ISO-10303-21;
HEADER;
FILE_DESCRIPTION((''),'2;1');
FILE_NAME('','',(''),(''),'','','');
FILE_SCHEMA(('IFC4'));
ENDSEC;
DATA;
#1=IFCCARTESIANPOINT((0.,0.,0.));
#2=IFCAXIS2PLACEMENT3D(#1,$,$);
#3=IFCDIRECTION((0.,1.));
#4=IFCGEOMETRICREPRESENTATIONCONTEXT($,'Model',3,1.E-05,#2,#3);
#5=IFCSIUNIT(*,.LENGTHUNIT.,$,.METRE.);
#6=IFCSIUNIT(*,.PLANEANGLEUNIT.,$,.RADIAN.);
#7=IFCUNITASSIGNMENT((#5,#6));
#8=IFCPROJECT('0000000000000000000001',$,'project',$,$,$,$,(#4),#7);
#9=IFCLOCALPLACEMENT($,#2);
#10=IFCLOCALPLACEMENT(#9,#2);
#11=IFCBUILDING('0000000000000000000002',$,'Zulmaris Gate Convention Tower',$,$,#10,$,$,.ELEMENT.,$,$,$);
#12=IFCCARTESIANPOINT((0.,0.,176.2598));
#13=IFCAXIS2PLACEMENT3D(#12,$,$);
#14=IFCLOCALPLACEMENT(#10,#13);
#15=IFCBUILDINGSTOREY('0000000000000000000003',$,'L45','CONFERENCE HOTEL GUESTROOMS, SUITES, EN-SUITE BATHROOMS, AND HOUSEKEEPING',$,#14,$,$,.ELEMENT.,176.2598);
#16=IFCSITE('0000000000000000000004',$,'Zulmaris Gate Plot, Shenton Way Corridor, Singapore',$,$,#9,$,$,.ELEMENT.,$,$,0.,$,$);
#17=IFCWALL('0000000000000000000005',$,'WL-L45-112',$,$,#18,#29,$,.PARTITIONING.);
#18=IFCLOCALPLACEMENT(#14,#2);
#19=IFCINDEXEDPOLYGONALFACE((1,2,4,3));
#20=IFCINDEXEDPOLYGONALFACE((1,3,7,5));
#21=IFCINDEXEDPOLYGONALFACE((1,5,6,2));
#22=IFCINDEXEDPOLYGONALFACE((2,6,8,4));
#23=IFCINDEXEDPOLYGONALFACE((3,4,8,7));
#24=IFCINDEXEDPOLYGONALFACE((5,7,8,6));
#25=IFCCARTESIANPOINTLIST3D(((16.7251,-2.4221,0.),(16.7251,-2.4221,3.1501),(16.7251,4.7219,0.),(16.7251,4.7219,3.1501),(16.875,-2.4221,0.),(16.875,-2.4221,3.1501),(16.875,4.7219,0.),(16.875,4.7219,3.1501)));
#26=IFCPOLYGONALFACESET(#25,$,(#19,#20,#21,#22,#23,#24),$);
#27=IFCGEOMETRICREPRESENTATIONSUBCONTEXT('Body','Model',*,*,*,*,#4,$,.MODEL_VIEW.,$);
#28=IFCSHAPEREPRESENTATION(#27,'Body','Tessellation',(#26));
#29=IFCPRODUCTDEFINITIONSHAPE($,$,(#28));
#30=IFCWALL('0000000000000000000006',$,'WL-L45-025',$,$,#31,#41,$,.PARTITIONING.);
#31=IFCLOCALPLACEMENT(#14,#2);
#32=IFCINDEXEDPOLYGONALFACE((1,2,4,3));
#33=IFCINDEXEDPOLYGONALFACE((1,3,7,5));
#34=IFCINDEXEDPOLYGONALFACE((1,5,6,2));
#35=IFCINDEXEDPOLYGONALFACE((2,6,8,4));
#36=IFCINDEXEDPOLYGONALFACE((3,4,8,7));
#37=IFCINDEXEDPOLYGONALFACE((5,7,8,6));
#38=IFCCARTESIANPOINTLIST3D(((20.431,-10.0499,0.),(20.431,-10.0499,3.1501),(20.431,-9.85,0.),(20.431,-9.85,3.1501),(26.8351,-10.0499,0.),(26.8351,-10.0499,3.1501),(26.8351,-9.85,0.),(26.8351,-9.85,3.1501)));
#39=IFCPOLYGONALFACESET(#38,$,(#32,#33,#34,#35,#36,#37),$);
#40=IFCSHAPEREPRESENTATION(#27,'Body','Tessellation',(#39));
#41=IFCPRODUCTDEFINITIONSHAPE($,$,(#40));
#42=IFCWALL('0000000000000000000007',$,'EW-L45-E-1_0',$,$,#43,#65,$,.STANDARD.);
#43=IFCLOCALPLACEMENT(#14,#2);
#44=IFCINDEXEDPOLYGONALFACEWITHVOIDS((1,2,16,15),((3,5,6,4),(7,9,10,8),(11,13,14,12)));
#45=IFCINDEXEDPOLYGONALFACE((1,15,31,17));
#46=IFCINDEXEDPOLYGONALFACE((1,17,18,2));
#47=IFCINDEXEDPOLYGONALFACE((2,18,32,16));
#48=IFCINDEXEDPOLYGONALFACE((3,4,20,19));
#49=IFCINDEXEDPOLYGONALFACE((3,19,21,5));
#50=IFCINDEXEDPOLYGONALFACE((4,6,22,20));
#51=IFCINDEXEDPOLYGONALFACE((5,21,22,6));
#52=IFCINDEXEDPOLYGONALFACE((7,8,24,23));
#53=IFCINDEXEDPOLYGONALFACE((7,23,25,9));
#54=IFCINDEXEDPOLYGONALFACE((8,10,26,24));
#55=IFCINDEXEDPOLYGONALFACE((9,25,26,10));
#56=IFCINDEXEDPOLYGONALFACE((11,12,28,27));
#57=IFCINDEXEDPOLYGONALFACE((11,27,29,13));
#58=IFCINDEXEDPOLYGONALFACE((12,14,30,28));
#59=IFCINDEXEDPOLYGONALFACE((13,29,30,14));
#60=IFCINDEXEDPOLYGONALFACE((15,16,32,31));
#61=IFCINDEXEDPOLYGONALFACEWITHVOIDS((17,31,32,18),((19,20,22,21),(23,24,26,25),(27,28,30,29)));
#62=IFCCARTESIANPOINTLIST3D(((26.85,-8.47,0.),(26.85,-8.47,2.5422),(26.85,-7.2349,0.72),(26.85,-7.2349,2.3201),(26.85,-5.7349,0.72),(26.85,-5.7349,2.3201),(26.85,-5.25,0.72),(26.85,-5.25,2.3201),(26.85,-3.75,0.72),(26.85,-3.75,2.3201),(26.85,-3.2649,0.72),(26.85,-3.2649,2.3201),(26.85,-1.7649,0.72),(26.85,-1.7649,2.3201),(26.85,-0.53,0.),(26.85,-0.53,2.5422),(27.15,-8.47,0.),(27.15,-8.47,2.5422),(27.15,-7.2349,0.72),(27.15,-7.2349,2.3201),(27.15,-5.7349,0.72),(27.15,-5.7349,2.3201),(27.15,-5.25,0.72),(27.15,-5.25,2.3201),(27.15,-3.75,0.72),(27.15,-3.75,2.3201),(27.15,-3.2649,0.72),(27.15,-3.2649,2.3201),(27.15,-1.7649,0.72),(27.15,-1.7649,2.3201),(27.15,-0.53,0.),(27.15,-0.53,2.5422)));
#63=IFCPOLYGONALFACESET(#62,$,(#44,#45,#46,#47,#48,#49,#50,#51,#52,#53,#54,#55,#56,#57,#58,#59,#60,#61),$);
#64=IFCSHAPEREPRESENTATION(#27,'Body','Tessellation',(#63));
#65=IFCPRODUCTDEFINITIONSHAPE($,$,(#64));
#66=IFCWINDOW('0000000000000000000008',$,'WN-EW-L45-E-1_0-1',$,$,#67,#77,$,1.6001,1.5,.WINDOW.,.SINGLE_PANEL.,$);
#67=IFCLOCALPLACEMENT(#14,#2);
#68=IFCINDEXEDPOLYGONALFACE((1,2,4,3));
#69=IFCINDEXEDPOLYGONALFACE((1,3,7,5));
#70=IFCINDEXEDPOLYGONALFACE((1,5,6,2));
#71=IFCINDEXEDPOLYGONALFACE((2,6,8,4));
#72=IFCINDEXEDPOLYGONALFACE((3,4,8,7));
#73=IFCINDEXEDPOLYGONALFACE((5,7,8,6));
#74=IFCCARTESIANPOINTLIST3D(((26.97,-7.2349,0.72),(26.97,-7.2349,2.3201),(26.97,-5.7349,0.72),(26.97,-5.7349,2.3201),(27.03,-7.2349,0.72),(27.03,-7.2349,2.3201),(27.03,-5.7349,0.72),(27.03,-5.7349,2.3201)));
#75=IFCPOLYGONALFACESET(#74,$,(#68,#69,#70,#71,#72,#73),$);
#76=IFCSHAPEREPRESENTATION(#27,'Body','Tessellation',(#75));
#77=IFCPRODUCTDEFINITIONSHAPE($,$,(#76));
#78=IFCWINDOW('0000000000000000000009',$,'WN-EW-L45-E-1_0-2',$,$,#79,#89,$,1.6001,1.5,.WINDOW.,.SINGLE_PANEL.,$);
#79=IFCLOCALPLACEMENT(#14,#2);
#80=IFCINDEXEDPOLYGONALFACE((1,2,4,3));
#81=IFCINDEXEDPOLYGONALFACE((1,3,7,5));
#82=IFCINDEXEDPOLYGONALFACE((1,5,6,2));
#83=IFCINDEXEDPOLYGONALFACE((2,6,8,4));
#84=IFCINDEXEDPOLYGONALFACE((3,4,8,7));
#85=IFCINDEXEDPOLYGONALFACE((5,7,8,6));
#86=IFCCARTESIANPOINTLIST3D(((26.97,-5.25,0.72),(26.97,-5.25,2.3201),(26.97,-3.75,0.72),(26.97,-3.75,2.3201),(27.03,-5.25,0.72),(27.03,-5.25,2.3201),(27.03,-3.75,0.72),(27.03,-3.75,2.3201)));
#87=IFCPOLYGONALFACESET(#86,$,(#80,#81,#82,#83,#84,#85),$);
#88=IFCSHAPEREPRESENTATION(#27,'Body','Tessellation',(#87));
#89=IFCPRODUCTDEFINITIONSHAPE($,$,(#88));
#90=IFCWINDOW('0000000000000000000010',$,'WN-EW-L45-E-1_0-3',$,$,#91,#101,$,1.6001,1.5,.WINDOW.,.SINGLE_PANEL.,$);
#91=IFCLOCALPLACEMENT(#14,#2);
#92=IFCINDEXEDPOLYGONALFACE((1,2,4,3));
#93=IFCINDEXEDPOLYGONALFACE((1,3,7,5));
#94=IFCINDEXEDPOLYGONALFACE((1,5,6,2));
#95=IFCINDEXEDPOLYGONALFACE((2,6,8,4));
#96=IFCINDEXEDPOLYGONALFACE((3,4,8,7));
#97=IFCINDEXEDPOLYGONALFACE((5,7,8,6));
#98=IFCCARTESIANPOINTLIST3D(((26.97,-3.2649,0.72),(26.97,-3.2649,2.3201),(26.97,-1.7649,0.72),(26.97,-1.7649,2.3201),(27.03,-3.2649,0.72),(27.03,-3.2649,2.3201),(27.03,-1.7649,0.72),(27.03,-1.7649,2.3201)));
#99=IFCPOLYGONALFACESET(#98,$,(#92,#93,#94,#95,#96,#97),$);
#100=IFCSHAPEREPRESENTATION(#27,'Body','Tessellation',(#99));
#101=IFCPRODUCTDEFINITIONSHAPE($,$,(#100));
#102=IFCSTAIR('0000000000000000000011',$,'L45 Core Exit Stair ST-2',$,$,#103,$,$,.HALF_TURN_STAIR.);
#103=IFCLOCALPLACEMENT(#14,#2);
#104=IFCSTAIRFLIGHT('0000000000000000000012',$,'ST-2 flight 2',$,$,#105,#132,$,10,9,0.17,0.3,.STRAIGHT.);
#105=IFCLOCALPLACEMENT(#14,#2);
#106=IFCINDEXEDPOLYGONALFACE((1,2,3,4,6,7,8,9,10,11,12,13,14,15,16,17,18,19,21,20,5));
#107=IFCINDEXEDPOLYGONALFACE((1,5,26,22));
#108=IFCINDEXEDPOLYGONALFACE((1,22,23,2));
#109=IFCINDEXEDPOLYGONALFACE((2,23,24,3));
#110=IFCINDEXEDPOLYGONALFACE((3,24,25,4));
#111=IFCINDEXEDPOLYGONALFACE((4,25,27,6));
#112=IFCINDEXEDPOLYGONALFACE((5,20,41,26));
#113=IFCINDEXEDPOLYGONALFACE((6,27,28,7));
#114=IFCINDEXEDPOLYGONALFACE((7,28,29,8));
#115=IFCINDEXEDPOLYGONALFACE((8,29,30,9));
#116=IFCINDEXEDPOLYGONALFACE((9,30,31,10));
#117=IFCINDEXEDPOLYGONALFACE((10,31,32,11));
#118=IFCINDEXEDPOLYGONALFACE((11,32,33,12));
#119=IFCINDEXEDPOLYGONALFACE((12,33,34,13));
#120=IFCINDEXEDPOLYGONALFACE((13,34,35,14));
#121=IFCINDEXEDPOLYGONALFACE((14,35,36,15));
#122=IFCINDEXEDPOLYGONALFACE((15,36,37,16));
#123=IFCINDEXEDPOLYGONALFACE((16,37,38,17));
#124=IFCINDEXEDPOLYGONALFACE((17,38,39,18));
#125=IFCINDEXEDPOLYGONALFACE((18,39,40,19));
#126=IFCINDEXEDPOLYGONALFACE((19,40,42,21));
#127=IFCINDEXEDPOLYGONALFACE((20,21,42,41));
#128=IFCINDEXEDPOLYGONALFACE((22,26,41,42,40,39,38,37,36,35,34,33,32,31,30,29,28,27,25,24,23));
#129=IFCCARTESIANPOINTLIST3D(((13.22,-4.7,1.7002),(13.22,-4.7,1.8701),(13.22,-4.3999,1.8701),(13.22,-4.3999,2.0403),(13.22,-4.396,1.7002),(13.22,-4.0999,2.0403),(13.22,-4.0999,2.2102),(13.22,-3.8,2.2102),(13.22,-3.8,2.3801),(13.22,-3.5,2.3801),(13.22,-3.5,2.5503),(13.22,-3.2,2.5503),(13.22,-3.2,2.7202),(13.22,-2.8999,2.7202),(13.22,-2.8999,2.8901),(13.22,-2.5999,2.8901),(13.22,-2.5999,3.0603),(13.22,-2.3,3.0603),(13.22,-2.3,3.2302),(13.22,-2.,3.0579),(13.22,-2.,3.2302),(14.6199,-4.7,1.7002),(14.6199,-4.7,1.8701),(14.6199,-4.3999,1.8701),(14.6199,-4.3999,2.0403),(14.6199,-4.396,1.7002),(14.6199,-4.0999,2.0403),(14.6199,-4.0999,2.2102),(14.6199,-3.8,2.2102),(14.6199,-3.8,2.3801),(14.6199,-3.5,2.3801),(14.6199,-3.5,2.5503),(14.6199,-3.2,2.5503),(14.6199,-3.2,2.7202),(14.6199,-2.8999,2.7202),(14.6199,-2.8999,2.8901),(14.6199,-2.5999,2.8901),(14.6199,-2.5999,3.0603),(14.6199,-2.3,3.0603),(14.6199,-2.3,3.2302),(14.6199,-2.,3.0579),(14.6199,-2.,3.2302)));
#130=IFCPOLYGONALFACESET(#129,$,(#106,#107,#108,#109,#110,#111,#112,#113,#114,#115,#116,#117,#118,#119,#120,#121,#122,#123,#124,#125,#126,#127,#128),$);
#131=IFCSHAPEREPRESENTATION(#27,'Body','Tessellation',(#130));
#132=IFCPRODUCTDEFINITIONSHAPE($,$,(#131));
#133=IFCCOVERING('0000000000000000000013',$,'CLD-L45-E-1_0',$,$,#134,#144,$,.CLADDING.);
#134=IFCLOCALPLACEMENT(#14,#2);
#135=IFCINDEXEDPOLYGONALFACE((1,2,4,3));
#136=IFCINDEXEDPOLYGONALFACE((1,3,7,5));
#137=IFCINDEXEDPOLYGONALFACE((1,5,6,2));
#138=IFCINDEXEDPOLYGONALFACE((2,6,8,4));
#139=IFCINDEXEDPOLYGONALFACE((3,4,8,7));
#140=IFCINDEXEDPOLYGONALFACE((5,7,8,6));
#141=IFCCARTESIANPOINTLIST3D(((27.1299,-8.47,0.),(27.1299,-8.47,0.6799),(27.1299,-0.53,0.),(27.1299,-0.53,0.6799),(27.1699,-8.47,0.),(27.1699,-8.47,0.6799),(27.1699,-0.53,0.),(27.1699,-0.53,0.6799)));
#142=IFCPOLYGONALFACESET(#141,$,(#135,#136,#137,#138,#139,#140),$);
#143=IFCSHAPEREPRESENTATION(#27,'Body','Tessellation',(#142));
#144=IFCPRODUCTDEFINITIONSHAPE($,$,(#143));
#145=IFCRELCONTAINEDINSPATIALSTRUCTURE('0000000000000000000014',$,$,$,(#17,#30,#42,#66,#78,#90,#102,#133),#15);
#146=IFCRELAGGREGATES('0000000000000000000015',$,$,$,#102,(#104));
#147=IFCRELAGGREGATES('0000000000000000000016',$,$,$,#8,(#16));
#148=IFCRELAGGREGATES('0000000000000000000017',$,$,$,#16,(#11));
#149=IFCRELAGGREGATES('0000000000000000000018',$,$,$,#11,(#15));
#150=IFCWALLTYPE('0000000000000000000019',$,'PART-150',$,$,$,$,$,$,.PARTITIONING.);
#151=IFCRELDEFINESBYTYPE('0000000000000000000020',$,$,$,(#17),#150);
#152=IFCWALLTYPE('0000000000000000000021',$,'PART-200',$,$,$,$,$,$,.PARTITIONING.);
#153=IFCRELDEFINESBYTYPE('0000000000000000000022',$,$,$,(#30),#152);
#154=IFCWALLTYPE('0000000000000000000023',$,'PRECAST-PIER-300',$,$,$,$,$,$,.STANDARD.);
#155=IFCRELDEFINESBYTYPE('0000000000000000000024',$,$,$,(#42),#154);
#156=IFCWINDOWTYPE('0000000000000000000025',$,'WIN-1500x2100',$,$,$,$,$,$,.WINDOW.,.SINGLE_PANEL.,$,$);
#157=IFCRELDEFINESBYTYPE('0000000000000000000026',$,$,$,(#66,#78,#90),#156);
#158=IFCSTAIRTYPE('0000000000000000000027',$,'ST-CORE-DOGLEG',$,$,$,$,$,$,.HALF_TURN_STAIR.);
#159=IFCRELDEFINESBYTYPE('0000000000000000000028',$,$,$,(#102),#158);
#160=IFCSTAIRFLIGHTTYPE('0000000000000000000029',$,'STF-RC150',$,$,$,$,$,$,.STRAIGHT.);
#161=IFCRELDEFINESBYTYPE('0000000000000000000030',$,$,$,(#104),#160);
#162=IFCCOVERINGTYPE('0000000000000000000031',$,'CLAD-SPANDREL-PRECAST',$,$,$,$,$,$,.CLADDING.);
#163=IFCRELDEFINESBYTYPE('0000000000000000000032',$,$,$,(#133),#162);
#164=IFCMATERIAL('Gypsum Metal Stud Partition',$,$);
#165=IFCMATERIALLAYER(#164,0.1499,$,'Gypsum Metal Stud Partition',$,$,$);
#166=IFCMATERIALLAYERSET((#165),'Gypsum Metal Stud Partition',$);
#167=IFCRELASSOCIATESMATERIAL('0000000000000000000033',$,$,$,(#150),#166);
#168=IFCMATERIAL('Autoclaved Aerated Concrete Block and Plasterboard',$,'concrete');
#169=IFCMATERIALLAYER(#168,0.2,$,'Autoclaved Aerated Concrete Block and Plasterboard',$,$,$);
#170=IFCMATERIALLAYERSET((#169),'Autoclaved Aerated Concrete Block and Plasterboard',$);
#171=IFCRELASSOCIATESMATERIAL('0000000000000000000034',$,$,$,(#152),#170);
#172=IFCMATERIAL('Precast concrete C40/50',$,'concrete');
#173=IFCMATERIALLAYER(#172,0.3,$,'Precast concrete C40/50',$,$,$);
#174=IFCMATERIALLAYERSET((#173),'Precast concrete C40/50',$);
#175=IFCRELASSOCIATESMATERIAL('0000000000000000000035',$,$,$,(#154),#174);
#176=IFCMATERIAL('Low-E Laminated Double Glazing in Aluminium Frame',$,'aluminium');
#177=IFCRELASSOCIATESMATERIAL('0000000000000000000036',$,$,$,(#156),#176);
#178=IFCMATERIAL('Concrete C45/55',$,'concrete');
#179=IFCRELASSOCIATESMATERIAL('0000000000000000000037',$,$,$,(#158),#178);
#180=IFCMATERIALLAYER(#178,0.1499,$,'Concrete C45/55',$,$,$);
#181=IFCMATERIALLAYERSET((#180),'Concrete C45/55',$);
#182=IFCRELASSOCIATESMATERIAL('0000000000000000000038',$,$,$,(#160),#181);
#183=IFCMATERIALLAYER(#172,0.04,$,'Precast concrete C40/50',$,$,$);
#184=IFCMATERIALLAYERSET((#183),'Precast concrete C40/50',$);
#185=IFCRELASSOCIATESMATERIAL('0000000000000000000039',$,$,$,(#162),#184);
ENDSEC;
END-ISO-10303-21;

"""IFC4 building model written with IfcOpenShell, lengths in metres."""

from ifc_helpers import new_model, si_unit, direction, frame, frame_2d, origin, place, context, subcontext, project, spatial, polyline, rectangle, outline, extrude, material, layer, layer_set, type_object, element, fill, aggregate, save


model = new_model("IFC4")

# Units and contexts
model_context = context("Model", 3, precision=1e-05, world=origin(), true_north=direction((0.0, 1.0)))
body_context = subcontext(model_context, "Body", "Model", "MODEL_VIEW")
ifc_project = project(units=[si_unit("LENGTHUNIT", "METRE"), si_unit("PLANEANGLEUNIT", "RADIAN")], contexts=[model_context])

# Site, building, storey
site_placement = place(None, origin())
site = spatial("IfcSite", under=ifc_project, at=site_placement, Name="Zulmaris Gate Plot, Shenton Way Corridor, Singapore", CompositionType="ELEMENT", RefElevation=0.0)
building_placement = place(site_placement, origin())
building = spatial("IfcBuilding", under=site, at=building_placement, Name="Zulmaris Gate Convention Tower", CompositionType="ELEMENT")
storey_placement = place(building_placement, frame((0.0, 0.0, 176.2598)))
storey = spatial("IfcBuildingStorey", under=building, at=storey_placement, Name="L45", Description="CONFERENCE HOTEL GUESTROOMS, SUITES, EN-SUITE BATHROOMS, AND HOUSEKEEPING", CompositionType="ELEMENT", Elevation=176.2598)

# Shared definitions
ifc_material_1 = material(Name="Gypsum Metal Stud Partition")
ifc_layer_1 = layer(ifc_material_1, 0.1499, Name="Gypsum Metal Stud Partition")
ifc_layer_set_1 = layer_set([ifc_layer_1], Name="Gypsum Metal Stud Partition")
wall_type_1 = type_object("IfcWallType", Name="PART-150", PredefinedType="PARTITIONING", material=ifc_layer_set_1)

# Walls
wall_1_placement = place(storey_placement, frame((16.8, -2.4221, 0.0), z_axis=(0.0, 0.0, 1.0), x_axis=(0.0, 1.0, 0.0)))
element("IfcWall", 1, at=wall_1_placement, inside=storey, type_object=wall_type_1, Name="WL-L45-112", PredefinedType="PARTITIONING", context=body_context, shape_type="SweptSolid", body=[
    extrude(rectangle(XDim=7.144, YDim=0.1499, at=frame_2d((3.572, 0.0))), origin(), (0.0, 0.0, 1.0), 3.1501),
])
ifc_material_2 = material(Name="Autoclaved Aerated Concrete Block and Plasterboard", Category="concrete")
ifc_layer_2 = layer(ifc_material_2, 0.2, Name="Autoclaved Aerated Concrete Block and Plasterboard")
ifc_layer_set_2 = layer_set([ifc_layer_2], Name="Autoclaved Aerated Concrete Block and Plasterboard")
wall_type_2 = type_object("IfcWallType", Name="PART-200", PredefinedType="PARTITIONING", material=ifc_layer_set_2)
wall_2_placement = place(storey_placement, frame((20.4309, -9.95, 0.0), z_axis=(0.0, 0.0, 1.0), x_axis=(1.0, 0.0, 0.0)))
element("IfcWall", 2, at=wall_2_placement, inside=storey, type_object=wall_type_2, Name="WL-L45-025", PredefinedType="PARTITIONING", context=body_context, shape_type="SweptSolid", body=[
    extrude(rectangle(XDim=6.4041, YDim=0.2, at=frame_2d((3.2021, 0.0))), origin(), (0.0, 0.0, 1.0), 3.1501),
])

# Wall, openings, windows
ifc_material_3 = material(Name="Precast concrete C40/50", Category="concrete")
ifc_layer_3 = layer(ifc_material_3, 0.3, Name="Precast concrete C40/50")
ifc_layer_set_3 = layer_set([ifc_layer_3], Name="Precast concrete C40/50")
wall_type_3 = type_object("IfcWallType", Name="PRECAST-PIER-300", PredefinedType="STANDARD", material=ifc_layer_set_3)
wall_3_placement = place(storey_placement, frame((27.0, -8.47, 0.0), z_axis=(0.0, 0.0, 1.0), x_axis=(0.0, 1.0, 0.0)))
wall_3 = element("IfcWall", 3, at=wall_3_placement, inside=storey, type_object=wall_type_3, Name="EW-L45-E-1_0", PredefinedType="STANDARD", context=body_context, shape_type="SweptSolid", body=[
    extrude(rectangle(XDim=7.9399, YDim=0.3, at=frame_2d((3.97, 0.0))), origin(), (0.0, 0.0, 1.0), 2.5422),
])
opening_1_placement = place(wall_3_placement, frame((1.2351, 0.0, 0.72)))
opening_1 = element("IfcOpeningElement", 4, at=opening_1_placement, cuts=wall_3, PredefinedType="OPENING", context=body_context, shape_type="SweptSolid", body=[
    extrude(rectangle(XDim=1.5, YDim=1.6001, at=frame_2d((0.75, 0.8))), frame((0.0, 0.1602, 0.0), z_axis=(0.0, -1.0, 0.0), x_axis=(1.0, 0.0, 0.0)), (0.0, 0.0, 1.0), 0.3201),
])
opening_2_placement = place(wall_3_placement, frame((3.22, 0.0, 0.72)))
opening_2 = element("IfcOpeningElement", 5, at=opening_2_placement, cuts=wall_3, PredefinedType="OPENING", context=body_context, shape_type="SweptSolid", body=[
    extrude(rectangle(XDim=1.5, YDim=1.6001, at=frame_2d((0.75, 0.8))), frame((0.0, 0.1602, 0.0), z_axis=(0.0, -1.0, 0.0), x_axis=(1.0, 0.0, 0.0)), (0.0, 0.0, 1.0), 0.3201),
])
opening_3_placement = place(wall_3_placement, frame((5.2051, 0.0, 0.72)))
opening_3 = element("IfcOpeningElement", 6, at=opening_3_placement, cuts=wall_3, PredefinedType="OPENING", context=body_context, shape_type="SweptSolid", body=[
    extrude(rectangle(XDim=1.5, YDim=1.6001, at=frame_2d((0.75, 0.8))), frame((0.0, 0.1602, 0.0), z_axis=(0.0, -1.0, 0.0), x_axis=(1.0, 0.0, 0.0)), (0.0, 0.0, 1.0), 0.3201),
])
ifc_material_4 = material(Name="Low-E Laminated Double Glazing in Aluminium Frame", Category="aluminium")
window_type = type_object("IfcWindowType", Name="WIN-1500x2100", PartitioningType="SINGLE_PANEL", PredefinedType="WINDOW", material=ifc_material_4)
window_1_placement = place(opening_1_placement, origin())
window_1 = element("IfcWindow", 7, at=window_1_placement, inside=storey, type_object=window_type, Name="WN-EW-L45-E-1_0-1", OverallHeight=1.6001, OverallWidth=1.5, PartitioningType="SINGLE_PANEL", PredefinedType="WINDOW", context=body_context, shape_type="SweptSolid", body=[
    extrude(rectangle(XDim=1.5, YDim=1.6001, at=frame_2d((0.75, 0.8))), frame((0.0, 0.03, 0.0), z_axis=(0.0, -1.0, 0.0), x_axis=(1.0, 0.0, 0.0)), (0.0, 0.0, 1.0), 0.0601),
])
fill(opening_1, window_1)
window_2_placement = place(opening_2_placement, origin())
window_2 = element("IfcWindow", 8, at=window_2_placement, inside=storey, type_object=window_type, Name="WN-EW-L45-E-1_0-2", OverallHeight=1.6001, OverallWidth=1.5, PartitioningType="SINGLE_PANEL", PredefinedType="WINDOW", context=body_context, shape_type="SweptSolid", body=[
    extrude(rectangle(XDim=1.5, YDim=1.6001, at=frame_2d((0.75, 0.8))), frame((0.0, 0.03, 0.0), z_axis=(0.0, -1.0, 0.0), x_axis=(1.0, 0.0, 0.0)), (0.0, 0.0, 1.0), 0.0601),
])
fill(opening_2, window_2)
window_3_placement = place(opening_3_placement, origin())
window_3 = element("IfcWindow", 9, at=window_3_placement, inside=storey, type_object=window_type, Name="WN-EW-L45-E-1_0-3", OverallHeight=1.6001, OverallWidth=1.5, PartitioningType="SINGLE_PANEL", PredefinedType="WINDOW", context=body_context, shape_type="SweptSolid", body=[
    extrude(rectangle(XDim=1.5, YDim=1.6001, at=frame_2d((0.75, 0.8))), frame((0.0, 0.03, 0.0), z_axis=(0.0, -1.0, 0.0), x_axis=(1.0, 0.0, 0.0)), (0.0, 0.0, 1.0), 0.0601),
])
fill(opening_3, window_3)

# Stair, stair flight
ifc_material_5 = material(Name="Concrete C45/55", Category="concrete")
stair_type = type_object("IfcStairType", Name="ST-CORE-DOGLEG", PredefinedType="HALF_TURN_STAIR", material=ifc_material_5)
stair_placement = place(storey_placement, origin())
stair = element("IfcStair", 10, at=stair_placement, inside=storey, type_object=stair_type, Name="L45 Core Exit Stair ST-2", PredefinedType="HALF_TURN_STAIR")
ifc_layer_4 = layer(ifc_material_5, 0.1499, Name="Concrete C45/55")
ifc_layer_set_4 = layer_set([ifc_layer_4], Name="Concrete C45/55")
stair_flight_type = type_object("IfcStairFlightType", Name="STF-RC150", PredefinedType="STRAIGHT", material=ifc_layer_set_4)
stair_flight_placement = place(storey_placement, frame((13.9199, -4.7, 1.7002), z_axis=(0.0, 0.0, 1.0), x_axis=(0.0, 1.0, 0.0)))
stair_flight = element("IfcStairFlight", 11, at=stair_flight_placement, type_object=stair_flight_type, Name="ST-2 flight 2", NumberOfRisers=10, NumberOfTreads=9, PredefinedType="STRAIGHT", RiserHeight=0.17, TreadLength=0.3, context=body_context, shape_type="SweptSolid", body=[
    extrude(outline(polyline([(0.0, 0.0), (0.0, 0.1699), (0.3, 0.1699), (0.3, 0.3401), (0.6001, 0.3401), (0.6001, 0.51), (0.8999, 0.51), (0.8999, 0.6799), (1.2, 0.6799), (1.2, 0.8501), (1.5, 0.8501), (1.5, 1.02), (1.8, 1.02), (1.8, 1.1899), (2.1001, 1.1899), (2.1001, 1.3601), (2.3999, 1.3601), (2.3999, 1.53), (2.7, 1.53), (2.7, 1.7), (2.7, 1.3577), (0.304, 0.0), (0.0, 0.0)])), frame((0.0, 0.7, 0.0), z_axis=(0.0, -1.0, 0.0), x_axis=(1.0, 0.0, 0.0)), (0.0, 0.0, 1.0), 1.3999),
])
aggregate(stair, [stair_flight])

# Covering
ifc_layer_5 = layer(ifc_material_3, 0.04, Name="Precast concrete C40/50")
ifc_layer_set_5 = layer_set([ifc_layer_5], Name="Precast concrete C40/50")
covering_type = type_object("IfcCoveringType", Name="CLAD-SPANDREL-PRECAST", PredefinedType="CLADDING", material=ifc_layer_set_5)
covering_placement = place(storey_placement, frame((27.1499, -8.47, 0.0), z_axis=(0.0, 0.0, 1.0), x_axis=(0.0, 1.0, 0.0)))
element("IfcCovering", 12, at=covering_placement, inside=storey, type_object=covering_type, Name="CLD-L45-E-1_0", PredefinedType="CLADDING", context=body_context, shape_type="SweptSolid", body=[
    extrude(rectangle(XDim=7.9399, YDim=0.04, at=frame_2d((3.97, 0.0))), origin(), (0.0, 0.0, 1.0), 0.6799),
])

save(model, "model.ifc")
